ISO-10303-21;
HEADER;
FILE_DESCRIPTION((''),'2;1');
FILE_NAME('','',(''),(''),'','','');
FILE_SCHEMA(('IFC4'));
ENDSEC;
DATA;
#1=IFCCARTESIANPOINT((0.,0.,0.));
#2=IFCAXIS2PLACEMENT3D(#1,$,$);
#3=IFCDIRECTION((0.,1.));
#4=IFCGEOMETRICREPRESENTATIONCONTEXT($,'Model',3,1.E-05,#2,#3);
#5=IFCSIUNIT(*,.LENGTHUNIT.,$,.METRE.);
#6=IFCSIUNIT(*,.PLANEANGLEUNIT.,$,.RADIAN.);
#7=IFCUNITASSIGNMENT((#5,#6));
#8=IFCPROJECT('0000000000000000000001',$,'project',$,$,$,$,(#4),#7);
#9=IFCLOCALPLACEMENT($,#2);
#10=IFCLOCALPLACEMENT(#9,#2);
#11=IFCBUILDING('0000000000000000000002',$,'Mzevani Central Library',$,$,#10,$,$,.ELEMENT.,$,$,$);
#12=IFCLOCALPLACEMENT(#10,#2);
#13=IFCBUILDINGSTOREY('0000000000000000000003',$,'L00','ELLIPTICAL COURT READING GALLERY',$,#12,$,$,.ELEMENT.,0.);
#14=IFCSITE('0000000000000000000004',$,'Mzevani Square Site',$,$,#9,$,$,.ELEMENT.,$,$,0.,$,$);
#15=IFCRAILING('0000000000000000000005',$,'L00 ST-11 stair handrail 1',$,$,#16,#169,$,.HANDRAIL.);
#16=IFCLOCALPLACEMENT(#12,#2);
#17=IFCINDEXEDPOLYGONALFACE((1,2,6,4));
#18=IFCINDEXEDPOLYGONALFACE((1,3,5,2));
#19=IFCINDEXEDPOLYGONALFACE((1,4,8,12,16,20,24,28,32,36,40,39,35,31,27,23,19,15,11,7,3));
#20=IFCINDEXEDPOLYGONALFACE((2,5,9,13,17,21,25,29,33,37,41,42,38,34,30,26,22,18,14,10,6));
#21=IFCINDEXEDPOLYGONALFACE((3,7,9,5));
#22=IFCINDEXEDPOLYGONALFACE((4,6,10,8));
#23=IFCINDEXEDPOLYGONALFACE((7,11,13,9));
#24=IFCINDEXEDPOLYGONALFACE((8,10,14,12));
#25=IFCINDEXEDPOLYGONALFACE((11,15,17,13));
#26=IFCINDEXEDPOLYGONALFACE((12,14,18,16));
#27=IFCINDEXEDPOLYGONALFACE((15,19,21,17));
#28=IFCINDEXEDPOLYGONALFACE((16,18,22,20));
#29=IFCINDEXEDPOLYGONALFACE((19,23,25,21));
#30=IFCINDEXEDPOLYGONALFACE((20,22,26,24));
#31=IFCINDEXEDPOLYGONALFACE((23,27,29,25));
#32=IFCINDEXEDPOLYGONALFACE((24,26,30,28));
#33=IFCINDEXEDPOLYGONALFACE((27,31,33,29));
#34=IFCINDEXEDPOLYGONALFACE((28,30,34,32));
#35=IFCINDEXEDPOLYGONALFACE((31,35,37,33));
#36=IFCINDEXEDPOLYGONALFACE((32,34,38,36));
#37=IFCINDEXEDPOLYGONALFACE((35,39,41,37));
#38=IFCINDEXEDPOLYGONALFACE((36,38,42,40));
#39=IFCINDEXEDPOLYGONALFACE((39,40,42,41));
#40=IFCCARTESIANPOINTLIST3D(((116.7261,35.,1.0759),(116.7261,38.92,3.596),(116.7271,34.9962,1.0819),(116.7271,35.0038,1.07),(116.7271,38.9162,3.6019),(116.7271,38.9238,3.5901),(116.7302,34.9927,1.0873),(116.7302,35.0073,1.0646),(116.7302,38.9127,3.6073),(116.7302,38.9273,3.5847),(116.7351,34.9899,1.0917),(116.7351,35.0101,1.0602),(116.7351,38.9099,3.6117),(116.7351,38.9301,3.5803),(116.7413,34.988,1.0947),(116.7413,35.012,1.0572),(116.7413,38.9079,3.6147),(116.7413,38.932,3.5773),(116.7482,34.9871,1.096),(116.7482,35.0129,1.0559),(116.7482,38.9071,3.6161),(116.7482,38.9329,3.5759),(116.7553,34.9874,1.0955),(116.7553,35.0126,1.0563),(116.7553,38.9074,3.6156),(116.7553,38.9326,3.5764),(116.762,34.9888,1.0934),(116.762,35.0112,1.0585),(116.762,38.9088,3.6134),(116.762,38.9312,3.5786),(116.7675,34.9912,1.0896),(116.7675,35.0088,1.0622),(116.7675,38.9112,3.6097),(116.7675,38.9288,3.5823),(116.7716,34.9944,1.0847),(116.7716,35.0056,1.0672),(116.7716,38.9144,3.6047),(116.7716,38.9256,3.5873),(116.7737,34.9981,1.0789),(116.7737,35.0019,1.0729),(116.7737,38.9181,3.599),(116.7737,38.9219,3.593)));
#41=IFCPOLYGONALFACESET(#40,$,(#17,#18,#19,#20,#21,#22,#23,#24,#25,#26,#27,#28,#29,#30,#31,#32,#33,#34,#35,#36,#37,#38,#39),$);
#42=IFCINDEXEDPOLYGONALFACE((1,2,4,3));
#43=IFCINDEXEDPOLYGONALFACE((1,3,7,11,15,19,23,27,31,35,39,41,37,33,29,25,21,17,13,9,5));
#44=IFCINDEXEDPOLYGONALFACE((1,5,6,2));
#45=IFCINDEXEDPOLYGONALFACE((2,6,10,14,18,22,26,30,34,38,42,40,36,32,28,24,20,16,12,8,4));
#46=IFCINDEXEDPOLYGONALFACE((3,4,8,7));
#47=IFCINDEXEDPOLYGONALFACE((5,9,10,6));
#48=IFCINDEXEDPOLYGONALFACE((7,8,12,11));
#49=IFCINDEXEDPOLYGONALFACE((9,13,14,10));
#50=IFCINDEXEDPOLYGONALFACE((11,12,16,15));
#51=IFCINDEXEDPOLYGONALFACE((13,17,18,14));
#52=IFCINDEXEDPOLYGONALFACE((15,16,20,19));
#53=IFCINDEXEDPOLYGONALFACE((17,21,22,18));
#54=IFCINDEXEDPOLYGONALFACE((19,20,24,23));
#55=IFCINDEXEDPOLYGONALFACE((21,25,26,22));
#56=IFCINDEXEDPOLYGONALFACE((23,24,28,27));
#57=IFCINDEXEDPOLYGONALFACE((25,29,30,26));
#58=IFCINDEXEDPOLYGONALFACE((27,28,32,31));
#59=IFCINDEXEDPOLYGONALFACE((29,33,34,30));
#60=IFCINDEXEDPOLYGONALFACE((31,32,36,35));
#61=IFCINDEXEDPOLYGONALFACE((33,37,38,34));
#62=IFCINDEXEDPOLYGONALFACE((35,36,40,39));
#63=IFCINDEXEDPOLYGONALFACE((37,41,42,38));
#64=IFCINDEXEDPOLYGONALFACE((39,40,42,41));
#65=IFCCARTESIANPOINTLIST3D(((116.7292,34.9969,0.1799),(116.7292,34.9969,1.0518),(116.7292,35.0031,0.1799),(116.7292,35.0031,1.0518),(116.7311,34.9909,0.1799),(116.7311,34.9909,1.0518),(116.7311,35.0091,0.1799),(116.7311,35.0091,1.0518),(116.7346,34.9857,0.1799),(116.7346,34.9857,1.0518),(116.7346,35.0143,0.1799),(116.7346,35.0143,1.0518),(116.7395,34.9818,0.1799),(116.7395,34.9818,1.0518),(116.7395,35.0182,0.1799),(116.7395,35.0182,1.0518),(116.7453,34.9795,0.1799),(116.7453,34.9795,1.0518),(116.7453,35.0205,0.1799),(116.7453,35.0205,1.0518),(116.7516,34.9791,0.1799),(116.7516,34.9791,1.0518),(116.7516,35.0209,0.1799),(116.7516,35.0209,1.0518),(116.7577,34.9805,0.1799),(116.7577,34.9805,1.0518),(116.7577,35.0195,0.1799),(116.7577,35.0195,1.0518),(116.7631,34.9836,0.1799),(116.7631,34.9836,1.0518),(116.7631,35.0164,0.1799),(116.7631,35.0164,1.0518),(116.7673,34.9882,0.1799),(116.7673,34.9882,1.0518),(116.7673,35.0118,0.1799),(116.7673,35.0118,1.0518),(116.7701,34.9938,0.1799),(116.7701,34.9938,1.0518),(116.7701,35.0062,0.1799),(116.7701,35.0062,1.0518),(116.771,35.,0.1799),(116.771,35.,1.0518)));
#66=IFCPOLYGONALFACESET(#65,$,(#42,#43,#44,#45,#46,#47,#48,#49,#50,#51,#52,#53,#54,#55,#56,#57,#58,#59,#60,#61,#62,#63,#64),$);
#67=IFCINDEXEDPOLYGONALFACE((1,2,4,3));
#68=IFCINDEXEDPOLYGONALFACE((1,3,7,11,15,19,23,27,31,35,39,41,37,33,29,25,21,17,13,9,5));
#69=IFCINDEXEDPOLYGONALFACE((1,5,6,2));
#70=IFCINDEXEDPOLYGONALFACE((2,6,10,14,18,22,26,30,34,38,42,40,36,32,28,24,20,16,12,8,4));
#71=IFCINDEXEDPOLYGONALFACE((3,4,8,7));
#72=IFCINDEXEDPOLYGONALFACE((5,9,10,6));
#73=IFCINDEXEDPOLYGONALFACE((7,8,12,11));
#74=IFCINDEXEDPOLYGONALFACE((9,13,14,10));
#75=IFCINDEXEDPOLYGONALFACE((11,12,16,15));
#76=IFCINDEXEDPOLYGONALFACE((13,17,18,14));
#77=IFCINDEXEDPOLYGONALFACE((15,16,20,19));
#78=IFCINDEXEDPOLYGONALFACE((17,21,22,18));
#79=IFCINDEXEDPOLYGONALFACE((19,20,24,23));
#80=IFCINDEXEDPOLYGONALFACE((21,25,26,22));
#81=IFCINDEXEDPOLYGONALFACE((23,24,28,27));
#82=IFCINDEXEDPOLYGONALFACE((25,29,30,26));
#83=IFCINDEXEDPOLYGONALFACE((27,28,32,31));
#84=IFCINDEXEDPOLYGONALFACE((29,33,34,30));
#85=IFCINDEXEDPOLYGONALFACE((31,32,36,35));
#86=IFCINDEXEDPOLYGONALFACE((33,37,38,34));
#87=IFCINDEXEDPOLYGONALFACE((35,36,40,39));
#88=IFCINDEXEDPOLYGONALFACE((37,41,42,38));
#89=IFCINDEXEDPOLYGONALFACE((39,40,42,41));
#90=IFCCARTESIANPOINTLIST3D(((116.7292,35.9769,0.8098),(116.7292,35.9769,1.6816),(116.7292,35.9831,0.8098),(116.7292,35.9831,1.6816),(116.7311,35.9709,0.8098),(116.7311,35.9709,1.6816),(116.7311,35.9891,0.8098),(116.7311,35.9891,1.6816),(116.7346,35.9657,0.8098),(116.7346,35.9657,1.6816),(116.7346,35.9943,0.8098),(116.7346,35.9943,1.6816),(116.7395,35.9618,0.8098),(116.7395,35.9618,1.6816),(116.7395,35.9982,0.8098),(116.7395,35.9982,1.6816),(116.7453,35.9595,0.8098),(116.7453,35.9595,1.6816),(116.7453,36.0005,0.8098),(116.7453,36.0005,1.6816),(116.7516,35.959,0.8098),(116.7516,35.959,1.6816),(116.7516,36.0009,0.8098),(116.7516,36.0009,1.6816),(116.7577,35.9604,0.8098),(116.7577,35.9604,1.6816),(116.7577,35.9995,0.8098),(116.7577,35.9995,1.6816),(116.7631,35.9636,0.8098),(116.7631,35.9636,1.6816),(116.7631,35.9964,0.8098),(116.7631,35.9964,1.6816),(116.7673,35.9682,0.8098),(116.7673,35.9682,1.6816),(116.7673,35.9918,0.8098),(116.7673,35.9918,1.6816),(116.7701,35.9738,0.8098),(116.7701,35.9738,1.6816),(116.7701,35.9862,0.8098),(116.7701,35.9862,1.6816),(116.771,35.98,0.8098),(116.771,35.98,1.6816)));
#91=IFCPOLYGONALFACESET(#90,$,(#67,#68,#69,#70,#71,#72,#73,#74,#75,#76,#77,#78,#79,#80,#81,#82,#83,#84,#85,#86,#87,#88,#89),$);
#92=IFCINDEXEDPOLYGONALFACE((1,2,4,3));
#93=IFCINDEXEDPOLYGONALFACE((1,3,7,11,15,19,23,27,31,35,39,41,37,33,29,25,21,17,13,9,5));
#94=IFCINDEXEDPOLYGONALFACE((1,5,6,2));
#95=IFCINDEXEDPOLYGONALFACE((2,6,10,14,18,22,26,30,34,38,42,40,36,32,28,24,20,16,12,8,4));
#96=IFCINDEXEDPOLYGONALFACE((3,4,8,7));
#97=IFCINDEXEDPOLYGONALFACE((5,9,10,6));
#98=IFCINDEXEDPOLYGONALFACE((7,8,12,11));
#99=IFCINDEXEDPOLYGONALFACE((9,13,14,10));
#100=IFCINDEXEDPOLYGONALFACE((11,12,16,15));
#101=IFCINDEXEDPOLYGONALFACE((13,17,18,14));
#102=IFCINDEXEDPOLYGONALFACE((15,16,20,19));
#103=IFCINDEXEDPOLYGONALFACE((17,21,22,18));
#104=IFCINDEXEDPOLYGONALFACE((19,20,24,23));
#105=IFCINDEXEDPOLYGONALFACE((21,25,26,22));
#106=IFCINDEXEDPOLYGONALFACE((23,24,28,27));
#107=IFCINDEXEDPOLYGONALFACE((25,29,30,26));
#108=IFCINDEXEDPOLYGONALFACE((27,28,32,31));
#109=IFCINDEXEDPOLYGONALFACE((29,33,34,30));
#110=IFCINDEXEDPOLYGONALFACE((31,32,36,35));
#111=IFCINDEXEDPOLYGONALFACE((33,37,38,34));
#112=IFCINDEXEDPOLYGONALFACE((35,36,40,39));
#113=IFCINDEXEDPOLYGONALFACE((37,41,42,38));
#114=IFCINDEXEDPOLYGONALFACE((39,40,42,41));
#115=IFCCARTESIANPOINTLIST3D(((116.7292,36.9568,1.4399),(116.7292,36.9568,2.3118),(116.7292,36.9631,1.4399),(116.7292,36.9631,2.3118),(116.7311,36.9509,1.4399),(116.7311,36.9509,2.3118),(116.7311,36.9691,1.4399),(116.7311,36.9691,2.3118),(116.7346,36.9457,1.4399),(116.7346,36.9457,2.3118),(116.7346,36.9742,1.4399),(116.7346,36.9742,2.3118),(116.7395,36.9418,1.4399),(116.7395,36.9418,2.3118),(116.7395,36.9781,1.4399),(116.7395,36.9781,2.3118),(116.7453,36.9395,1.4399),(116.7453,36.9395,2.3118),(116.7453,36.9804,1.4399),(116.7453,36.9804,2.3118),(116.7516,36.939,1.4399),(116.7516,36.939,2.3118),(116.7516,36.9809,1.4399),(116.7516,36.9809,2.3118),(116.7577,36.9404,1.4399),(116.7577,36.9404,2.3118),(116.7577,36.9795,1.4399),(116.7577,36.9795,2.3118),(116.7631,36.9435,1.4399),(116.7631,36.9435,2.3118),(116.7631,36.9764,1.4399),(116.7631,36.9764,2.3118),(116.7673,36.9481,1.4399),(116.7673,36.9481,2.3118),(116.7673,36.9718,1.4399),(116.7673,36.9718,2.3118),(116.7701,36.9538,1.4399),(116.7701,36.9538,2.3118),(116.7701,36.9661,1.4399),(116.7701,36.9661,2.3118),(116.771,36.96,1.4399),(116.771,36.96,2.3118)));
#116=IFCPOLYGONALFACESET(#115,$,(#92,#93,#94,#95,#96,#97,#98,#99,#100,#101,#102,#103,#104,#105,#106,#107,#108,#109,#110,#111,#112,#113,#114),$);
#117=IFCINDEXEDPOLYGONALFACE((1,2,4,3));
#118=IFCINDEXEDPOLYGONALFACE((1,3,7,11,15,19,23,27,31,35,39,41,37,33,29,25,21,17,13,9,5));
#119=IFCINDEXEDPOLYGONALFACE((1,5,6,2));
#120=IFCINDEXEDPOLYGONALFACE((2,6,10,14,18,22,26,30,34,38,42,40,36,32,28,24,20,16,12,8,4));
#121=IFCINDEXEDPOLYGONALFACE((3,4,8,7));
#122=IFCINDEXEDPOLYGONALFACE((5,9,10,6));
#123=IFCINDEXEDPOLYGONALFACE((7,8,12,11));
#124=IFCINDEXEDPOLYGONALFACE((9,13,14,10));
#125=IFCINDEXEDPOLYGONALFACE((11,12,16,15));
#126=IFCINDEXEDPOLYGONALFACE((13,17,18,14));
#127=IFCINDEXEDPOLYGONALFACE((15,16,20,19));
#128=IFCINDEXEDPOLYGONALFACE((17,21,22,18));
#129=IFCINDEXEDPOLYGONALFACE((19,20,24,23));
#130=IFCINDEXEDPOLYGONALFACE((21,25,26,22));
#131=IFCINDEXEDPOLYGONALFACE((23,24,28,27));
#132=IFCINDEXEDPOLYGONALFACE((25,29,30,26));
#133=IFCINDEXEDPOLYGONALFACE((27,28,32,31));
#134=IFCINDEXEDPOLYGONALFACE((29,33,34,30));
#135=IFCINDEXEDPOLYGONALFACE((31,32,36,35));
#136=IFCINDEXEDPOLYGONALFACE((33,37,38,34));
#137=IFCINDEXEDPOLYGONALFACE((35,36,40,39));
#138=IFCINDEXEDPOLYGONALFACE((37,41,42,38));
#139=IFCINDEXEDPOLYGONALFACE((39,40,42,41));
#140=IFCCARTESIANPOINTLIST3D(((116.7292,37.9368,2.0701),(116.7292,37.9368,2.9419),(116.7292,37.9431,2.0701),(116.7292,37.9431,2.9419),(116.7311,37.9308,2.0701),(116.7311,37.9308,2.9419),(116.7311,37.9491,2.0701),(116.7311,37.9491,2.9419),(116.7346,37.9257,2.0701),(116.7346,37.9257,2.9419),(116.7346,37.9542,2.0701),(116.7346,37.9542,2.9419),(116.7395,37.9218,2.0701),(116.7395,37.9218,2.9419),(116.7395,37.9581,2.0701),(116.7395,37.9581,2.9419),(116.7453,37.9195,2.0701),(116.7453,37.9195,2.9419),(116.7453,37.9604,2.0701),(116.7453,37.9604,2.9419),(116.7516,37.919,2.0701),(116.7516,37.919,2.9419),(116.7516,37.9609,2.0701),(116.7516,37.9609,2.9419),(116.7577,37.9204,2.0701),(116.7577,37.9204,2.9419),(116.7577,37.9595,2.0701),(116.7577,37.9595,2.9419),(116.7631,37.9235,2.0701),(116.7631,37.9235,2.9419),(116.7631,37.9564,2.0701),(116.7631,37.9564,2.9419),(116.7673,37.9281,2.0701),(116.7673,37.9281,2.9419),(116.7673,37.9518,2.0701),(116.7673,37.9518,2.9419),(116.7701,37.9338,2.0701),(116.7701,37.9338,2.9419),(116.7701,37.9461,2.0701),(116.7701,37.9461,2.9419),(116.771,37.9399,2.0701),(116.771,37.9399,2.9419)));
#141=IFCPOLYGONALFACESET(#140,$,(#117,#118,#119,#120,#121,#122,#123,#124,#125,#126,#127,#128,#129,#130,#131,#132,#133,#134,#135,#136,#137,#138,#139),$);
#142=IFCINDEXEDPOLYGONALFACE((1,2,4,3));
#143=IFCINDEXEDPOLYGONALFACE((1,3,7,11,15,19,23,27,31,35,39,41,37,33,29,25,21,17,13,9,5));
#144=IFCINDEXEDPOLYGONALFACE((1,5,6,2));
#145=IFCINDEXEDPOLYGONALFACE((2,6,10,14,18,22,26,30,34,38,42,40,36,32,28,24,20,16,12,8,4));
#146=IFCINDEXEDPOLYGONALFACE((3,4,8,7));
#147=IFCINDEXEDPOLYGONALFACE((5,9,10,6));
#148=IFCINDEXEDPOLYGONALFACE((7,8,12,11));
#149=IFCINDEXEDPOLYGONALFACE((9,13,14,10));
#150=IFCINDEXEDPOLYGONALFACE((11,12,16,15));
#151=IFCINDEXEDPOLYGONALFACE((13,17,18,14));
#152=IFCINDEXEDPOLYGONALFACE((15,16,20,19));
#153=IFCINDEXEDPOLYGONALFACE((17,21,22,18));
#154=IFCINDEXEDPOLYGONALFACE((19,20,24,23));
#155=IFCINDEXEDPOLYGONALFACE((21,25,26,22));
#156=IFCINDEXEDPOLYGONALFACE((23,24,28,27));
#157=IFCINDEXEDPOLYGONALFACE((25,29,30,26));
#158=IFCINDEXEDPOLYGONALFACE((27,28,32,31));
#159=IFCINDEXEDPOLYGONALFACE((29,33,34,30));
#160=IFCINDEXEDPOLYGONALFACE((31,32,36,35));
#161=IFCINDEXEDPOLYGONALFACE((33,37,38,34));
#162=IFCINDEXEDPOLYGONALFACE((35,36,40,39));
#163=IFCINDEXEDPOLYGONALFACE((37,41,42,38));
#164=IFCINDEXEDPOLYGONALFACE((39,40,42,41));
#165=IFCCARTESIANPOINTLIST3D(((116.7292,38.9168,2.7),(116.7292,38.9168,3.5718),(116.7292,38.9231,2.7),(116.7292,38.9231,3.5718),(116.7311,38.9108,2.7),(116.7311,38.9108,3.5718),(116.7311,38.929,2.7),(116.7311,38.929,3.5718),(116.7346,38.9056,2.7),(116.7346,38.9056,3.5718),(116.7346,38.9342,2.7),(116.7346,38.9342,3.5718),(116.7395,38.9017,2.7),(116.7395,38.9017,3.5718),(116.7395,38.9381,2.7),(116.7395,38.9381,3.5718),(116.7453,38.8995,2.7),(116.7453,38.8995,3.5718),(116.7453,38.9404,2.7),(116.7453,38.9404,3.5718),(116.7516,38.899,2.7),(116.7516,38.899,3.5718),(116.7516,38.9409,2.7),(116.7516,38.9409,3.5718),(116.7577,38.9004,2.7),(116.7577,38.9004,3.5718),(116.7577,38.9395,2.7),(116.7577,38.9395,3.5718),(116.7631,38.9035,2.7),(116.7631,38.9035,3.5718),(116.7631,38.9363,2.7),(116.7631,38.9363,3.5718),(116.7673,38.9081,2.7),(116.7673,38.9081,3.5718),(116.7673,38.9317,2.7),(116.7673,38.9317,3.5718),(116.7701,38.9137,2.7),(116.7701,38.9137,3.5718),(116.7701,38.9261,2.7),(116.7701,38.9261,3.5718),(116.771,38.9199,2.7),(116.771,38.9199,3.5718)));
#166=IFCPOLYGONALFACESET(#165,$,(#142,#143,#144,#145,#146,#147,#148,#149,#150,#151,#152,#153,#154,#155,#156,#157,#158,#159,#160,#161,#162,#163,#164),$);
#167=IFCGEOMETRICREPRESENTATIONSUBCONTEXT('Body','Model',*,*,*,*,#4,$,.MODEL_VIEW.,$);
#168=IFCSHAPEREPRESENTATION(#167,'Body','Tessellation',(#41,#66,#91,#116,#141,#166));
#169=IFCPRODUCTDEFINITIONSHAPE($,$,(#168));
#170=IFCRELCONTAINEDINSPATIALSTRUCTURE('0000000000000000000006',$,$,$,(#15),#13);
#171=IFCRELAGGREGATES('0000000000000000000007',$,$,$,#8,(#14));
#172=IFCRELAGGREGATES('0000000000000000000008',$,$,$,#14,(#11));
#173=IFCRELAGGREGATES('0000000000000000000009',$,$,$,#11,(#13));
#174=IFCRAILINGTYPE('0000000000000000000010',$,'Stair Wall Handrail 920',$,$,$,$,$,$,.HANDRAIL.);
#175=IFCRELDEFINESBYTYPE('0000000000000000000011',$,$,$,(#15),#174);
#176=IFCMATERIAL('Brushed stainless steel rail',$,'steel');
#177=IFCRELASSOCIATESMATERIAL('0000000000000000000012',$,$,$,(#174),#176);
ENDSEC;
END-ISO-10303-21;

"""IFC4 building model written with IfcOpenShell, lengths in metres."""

from ifc_helpers import new_model, si_unit, direction, frame, origin, origin_2d, place, context, subcontext, project, spatial, circle, extrude, material, type_object, element, save


model = new_model("IFC4")

# Units and contexts
model_context = context("Model", 3, precision=1e-05, world=origin(), true_north=direction((0.0, 1.0)))
body_context = subcontext(model_context, "Body", "Model", "MODEL_VIEW")
ifc_project = project(units=[si_unit("LENGTHUNIT", "METRE"), si_unit("PLANEANGLEUNIT", "RADIAN")], contexts=[model_context])

# Site, building, storey
site_placement = place(None, origin())
site = spatial("IfcSite", under=ifc_project, at=site_placement, Name="Mzevani Square Site", CompositionType="ELEMENT", RefElevation=0.0)
building_placement = place(site_placement, origin())
building = spatial("IfcBuilding", under=site, at=building_placement, Name="Mzevani Central Library", CompositionType="ELEMENT")
storey_placement = place(building_placement, origin())
storey = spatial("IfcBuildingStorey", under=building, at=storey_placement, Name="L00", Description="ELLIPTICAL COURT READING GALLERY", CompositionType="ELEMENT", Elevation=0.0)

# Shared definitions
ifc_material_1 = material(Name="Brushed stainless steel rail", Category="steel")

# Railing
railing_type_1 = type_object("IfcRailingType", Name="Stair Wall Handrail 920", PredefinedType="HANDRAIL", material=ifc_material_1)
railing_1_placement = place(storey_placement, frame((116.75, 35.0, 0.1799)))
element("IfcRailing", 1, at=railing_1_placement, inside=storey, type_object=railing_type_1, Name="L00 ST-11 stair handrail 1", PredefinedType="HANDRAIL", context=body_context, shape_type="SweptSolid", body=[
    extrude(circle(Radius=0.0239, at=origin_2d()), frame((0.0, 0.0, 0.896), z_axis=(0.0, 0.841172, 0.540768), x_axis=(-1.0, 0.0, 0.0)), (0.0, 0.0, 1.0), 4.6602),
    extrude(circle(Radius=0.021, at=origin_2d()), origin(), (0.0, 0.0, 1.0), 0.8718),
    extrude(circle(Radius=0.021, at=origin_2d()), frame((0.0, 0.98, 0.6299)), (0.0, 0.0, 1.0), 0.8718),
    extrude(circle(Radius=0.021, at=origin_2d()), frame((0.0, 1.96, 1.26)), (0.0, 0.0, 1.0), 0.8718),
    extrude(circle(Radius=0.021, at=origin_2d()), frame((0.0, 2.9399, 1.8901)), (0.0, 0.0, 1.0), 0.8718),
    extrude(circle(Radius=0.021, at=origin_2d()), frame((0.0, 3.9199, 2.52)), (0.0, 0.0, 1.0), 0.8718),
])

save(model, "model.ifc")
